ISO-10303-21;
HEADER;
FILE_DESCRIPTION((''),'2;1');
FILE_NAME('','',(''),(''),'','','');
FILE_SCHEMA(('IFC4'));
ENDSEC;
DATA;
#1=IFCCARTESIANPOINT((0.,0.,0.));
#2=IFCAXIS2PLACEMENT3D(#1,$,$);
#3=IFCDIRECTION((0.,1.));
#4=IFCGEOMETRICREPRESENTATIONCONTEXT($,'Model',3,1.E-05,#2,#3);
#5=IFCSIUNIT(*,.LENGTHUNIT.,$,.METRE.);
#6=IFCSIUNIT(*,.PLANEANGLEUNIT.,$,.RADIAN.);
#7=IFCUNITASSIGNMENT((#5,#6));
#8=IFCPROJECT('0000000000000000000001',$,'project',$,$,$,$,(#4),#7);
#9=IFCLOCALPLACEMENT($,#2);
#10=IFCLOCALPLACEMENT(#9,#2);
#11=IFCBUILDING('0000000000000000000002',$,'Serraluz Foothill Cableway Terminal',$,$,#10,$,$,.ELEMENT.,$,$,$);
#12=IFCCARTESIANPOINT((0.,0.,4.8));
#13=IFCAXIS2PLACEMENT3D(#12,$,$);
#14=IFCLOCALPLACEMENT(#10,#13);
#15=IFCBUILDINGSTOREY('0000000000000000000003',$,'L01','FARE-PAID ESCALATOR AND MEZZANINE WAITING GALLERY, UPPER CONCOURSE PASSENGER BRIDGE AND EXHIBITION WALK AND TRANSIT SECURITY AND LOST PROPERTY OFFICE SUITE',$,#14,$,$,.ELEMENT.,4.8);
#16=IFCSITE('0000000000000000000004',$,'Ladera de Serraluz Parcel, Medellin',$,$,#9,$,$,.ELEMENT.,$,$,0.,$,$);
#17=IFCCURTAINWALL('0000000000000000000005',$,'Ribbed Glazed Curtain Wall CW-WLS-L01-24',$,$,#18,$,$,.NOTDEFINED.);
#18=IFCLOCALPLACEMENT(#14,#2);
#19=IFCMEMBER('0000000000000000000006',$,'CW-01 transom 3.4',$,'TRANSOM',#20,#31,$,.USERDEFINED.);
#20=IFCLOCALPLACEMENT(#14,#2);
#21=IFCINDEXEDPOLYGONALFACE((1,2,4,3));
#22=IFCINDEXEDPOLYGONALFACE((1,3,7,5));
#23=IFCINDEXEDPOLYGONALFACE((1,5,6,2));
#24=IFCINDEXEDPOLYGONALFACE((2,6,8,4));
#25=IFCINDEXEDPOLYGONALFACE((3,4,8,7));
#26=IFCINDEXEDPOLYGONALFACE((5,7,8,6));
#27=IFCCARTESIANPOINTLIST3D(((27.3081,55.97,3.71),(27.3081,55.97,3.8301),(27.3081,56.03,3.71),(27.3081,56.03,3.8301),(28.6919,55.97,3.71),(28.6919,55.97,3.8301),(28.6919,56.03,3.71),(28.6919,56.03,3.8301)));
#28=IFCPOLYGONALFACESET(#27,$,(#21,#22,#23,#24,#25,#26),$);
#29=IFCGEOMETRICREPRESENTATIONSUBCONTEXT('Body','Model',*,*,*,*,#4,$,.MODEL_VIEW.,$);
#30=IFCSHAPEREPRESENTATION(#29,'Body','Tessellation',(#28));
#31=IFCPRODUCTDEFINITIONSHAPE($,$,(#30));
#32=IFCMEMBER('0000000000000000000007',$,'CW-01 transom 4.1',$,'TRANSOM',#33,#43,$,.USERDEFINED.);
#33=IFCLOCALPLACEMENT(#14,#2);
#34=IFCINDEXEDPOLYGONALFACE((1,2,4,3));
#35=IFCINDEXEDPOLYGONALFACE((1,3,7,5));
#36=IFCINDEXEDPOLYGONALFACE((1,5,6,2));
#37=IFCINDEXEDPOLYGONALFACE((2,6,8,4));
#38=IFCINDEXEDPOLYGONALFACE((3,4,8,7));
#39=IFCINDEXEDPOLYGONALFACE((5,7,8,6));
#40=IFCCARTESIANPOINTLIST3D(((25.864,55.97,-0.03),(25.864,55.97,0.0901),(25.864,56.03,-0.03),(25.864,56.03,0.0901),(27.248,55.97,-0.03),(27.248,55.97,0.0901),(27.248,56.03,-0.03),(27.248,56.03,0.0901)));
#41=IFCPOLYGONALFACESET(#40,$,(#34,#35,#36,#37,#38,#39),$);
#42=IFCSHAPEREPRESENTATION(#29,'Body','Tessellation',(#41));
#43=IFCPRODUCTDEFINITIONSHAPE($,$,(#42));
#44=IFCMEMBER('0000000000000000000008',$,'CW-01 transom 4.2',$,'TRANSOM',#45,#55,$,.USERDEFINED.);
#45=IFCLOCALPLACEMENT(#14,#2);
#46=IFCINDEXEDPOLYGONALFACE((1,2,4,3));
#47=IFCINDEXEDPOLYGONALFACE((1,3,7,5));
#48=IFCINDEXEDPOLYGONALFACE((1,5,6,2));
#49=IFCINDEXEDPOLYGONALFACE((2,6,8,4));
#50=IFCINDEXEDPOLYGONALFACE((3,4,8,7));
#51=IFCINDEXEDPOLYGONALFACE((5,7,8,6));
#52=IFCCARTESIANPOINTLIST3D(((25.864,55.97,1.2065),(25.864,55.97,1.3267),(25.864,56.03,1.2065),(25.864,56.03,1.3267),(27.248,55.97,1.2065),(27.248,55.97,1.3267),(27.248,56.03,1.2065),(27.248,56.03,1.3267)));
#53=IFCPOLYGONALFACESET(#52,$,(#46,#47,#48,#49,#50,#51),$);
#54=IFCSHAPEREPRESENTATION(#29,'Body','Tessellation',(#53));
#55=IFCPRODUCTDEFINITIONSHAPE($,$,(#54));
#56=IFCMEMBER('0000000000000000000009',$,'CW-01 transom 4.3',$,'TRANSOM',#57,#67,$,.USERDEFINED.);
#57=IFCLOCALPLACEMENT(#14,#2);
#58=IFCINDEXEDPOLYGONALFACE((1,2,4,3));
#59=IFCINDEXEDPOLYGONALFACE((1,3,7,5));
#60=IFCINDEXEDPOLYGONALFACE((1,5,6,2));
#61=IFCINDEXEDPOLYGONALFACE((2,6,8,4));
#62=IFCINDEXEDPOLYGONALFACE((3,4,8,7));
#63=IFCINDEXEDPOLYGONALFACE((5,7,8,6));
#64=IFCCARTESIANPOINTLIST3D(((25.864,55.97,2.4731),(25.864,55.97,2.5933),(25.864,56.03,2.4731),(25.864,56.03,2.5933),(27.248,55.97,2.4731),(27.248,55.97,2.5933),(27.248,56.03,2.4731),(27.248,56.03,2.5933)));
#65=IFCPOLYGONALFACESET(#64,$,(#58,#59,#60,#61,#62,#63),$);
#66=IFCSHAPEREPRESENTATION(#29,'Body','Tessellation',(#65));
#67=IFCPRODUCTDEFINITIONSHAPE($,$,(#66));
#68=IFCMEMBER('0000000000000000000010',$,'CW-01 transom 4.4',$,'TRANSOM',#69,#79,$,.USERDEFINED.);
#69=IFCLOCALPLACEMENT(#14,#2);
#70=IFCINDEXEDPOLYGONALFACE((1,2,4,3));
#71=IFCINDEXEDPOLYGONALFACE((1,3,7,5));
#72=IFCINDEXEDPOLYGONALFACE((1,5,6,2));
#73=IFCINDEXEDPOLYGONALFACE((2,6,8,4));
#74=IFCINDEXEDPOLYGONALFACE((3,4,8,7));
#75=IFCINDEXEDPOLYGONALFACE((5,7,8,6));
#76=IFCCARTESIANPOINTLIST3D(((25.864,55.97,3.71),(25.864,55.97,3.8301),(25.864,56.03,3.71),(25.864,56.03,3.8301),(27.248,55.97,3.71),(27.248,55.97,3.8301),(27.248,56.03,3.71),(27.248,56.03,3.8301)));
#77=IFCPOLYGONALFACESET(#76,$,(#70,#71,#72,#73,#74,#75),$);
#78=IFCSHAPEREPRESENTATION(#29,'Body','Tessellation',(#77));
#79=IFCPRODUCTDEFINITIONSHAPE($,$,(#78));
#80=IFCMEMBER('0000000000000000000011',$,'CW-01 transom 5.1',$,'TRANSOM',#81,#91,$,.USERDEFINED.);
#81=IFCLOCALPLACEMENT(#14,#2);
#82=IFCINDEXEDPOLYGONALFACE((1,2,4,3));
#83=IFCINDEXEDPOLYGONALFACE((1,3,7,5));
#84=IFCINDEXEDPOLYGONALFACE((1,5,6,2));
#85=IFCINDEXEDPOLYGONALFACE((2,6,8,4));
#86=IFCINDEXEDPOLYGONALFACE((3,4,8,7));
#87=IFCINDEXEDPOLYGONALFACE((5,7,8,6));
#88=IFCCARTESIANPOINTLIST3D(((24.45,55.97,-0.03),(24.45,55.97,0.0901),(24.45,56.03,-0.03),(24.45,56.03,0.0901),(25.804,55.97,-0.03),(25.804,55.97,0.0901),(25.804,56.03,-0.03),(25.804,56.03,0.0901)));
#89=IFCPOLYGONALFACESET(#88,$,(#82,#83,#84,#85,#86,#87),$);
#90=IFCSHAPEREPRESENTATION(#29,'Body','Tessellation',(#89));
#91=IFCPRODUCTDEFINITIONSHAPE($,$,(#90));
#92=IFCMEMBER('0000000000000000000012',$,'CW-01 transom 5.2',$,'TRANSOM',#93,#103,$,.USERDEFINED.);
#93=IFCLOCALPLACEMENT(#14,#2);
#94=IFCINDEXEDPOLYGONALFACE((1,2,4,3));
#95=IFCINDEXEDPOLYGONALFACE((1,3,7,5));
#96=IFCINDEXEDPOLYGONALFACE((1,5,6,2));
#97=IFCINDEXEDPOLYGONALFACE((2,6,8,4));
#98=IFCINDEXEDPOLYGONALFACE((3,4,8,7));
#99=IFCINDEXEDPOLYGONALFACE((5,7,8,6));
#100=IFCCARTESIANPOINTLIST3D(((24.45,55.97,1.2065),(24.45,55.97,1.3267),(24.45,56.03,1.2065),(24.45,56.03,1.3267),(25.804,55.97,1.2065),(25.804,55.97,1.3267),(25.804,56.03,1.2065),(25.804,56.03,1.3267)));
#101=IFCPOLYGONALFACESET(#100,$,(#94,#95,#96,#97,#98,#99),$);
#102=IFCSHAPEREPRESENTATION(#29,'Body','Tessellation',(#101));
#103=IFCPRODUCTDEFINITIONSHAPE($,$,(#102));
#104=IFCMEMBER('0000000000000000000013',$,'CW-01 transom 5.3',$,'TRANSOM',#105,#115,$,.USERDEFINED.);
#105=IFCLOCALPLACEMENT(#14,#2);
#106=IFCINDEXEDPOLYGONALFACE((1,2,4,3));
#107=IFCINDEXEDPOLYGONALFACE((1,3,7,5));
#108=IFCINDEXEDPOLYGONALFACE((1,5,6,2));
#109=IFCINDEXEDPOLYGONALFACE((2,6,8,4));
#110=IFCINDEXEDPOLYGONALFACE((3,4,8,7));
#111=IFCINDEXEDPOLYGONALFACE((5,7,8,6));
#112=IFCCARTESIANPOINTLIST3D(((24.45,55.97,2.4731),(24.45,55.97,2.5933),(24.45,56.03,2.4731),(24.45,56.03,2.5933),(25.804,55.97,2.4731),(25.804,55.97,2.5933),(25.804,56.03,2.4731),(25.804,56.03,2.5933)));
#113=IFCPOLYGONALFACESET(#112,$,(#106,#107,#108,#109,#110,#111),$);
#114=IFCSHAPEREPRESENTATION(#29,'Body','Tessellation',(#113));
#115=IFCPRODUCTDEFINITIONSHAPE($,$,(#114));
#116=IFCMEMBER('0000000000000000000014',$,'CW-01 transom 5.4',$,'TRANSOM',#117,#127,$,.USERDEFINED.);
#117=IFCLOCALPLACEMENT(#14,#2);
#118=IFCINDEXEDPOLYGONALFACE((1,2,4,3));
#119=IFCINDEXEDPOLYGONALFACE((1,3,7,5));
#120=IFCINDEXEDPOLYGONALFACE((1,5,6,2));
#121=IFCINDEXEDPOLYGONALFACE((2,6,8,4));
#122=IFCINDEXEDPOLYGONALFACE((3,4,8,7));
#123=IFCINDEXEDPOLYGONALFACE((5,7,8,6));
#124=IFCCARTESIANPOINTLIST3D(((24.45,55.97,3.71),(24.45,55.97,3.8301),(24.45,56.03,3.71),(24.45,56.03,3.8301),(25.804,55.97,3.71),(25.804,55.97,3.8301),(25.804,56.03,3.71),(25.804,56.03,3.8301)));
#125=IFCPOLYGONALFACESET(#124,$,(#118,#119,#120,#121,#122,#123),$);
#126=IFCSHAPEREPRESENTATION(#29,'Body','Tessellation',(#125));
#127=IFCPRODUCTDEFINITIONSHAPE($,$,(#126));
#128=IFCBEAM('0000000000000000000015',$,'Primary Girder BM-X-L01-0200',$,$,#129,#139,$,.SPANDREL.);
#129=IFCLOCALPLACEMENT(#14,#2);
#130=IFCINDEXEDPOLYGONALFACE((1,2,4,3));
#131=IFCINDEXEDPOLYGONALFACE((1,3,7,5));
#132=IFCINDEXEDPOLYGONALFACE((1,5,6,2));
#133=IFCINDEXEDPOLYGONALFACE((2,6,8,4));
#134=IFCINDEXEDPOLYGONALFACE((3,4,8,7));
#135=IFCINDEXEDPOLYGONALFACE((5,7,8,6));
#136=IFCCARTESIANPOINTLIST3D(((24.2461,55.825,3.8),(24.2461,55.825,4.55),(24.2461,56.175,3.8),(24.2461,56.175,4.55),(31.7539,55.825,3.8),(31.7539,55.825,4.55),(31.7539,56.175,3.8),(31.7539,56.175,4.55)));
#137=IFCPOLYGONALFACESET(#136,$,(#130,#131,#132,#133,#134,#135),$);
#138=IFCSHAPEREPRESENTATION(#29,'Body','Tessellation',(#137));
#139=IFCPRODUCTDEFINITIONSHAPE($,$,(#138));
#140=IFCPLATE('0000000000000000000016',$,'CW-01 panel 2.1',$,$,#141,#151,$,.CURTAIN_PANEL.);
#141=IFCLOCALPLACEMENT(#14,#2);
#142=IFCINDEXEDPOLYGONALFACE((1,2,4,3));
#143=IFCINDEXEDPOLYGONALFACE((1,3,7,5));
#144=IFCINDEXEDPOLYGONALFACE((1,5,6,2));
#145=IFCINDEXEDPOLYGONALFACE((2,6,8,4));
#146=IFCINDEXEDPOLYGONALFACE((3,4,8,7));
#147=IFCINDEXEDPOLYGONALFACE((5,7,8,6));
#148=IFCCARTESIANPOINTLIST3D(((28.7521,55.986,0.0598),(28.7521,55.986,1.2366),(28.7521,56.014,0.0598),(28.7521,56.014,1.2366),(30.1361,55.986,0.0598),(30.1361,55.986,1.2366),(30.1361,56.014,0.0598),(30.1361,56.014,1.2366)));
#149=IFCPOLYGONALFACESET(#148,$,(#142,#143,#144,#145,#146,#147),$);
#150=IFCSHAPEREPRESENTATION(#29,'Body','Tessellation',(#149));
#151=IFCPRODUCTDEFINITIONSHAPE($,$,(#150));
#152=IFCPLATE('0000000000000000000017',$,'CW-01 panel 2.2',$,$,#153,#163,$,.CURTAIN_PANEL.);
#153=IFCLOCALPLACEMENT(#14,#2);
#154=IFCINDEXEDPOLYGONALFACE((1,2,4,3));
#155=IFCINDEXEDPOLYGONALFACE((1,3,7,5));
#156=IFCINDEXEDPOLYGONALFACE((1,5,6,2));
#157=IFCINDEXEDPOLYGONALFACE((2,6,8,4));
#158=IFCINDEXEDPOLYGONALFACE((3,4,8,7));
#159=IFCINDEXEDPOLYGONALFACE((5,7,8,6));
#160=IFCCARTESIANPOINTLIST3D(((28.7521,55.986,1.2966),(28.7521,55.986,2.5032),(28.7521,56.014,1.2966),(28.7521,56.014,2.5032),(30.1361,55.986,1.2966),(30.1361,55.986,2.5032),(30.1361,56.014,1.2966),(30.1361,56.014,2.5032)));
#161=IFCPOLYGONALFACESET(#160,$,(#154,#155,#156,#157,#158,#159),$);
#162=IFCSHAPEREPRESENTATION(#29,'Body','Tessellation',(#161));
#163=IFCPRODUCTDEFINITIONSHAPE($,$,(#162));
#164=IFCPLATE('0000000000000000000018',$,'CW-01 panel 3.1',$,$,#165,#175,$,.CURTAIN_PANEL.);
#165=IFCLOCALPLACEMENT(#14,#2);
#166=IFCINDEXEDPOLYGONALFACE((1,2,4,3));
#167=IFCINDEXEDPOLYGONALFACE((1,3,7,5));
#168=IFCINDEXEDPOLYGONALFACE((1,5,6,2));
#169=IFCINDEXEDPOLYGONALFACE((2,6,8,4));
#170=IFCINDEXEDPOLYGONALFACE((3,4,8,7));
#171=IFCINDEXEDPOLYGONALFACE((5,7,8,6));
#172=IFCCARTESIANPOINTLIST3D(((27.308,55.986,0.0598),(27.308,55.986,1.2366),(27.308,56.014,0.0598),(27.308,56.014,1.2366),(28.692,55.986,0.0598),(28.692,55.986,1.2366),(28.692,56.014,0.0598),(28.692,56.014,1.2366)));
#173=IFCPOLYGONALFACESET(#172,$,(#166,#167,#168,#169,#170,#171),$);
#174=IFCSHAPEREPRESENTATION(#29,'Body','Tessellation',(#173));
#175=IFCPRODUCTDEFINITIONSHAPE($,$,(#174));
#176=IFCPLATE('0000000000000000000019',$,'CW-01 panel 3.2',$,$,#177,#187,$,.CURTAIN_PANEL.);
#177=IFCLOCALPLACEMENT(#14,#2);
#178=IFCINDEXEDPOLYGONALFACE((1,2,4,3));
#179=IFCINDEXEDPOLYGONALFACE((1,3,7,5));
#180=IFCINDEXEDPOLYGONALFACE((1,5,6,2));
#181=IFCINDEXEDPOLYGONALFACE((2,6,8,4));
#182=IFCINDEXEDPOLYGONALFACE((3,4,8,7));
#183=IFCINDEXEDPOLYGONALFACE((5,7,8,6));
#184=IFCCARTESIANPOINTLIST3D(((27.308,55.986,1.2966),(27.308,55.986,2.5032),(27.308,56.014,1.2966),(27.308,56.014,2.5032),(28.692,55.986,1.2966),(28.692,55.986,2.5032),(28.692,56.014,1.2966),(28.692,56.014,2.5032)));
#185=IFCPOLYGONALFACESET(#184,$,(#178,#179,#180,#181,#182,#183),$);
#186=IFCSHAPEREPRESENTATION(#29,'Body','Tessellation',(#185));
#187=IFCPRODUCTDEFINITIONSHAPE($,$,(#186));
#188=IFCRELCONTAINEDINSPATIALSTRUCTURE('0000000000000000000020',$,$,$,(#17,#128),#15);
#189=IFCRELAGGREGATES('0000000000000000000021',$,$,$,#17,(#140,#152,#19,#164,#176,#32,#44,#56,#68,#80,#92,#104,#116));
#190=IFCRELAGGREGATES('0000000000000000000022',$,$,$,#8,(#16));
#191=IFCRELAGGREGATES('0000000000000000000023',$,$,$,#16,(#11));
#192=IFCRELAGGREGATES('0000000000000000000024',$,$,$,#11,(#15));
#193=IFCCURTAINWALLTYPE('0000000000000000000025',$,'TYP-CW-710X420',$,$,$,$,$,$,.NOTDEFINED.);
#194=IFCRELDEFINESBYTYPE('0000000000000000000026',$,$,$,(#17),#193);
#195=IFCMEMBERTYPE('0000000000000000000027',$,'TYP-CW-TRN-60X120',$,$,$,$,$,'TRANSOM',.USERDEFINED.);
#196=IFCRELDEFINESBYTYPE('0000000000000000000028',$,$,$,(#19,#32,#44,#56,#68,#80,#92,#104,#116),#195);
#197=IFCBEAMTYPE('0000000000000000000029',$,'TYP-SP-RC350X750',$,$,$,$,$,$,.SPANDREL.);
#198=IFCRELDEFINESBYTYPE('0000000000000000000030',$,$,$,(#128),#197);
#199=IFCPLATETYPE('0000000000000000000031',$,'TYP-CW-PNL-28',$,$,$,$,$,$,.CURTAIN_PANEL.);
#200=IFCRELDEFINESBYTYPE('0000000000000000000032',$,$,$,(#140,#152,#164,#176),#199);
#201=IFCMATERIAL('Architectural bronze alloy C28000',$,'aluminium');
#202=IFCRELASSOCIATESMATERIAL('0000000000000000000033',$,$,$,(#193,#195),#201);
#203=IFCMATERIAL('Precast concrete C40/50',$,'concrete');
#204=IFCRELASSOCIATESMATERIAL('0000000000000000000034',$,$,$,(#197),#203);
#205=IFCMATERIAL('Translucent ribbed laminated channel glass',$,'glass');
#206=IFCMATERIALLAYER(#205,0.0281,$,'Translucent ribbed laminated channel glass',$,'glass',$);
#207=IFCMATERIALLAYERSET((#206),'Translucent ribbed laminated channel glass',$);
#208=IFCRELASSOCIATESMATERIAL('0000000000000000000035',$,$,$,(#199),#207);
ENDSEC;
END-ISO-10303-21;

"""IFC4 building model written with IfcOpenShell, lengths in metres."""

from ifc_helpers import new_model, si_unit, direction, frame, origin, origin_2d, place, context, subcontext, project, spatial, rectangle, extrude, material, layer, layer_set, material_profile, profile_set, type_object, element, aggregate, save


model = new_model("IFC4")

# Units and contexts
model_context = context("Model", 3, precision=1e-05, world=origin(), true_north=direction((0.0, 1.0)))
body_context = subcontext(model_context, "Body", "Model", "MODEL_VIEW")
ifc_project = project(units=[si_unit("LENGTHUNIT", "METRE"), si_unit("PLANEANGLEUNIT", "RADIAN")], contexts=[model_context])

# Site, building, storey
site_placement = place(None, origin())
site = spatial("IfcSite", under=ifc_project, at=site_placement, Name="Ladera de Serraluz Parcel, Medellin", CompositionType="ELEMENT", RefElevation=0.0)
building_placement = place(site_placement, origin())
building = spatial("IfcBuilding", under=site, at=building_placement, Name="Serraluz Foothill Cableway Terminal", CompositionType="ELEMENT")
storey_placement = place(building_placement, frame((0.0, 0.0, 4.8)))
storey = spatial("IfcBuildingStorey", under=building, at=storey_placement, Name="L01", Description="FARE-PAID ESCALATOR AND MEZZANINE WAITING GALLERY, UPPER CONCOURSE PASSENGER BRIDGE AND EXHIBITION WALK AND TRANSIT SECURITY AND LOST PROPERTY OFFICE SUITE", CompositionType="ELEMENT", Elevation=4.8)

# Shared definitions
ifc_material_1 = material(Name="Architectural bronze alloy C28000", Category="aluminium")
curtain_wall_type = type_object("IfcCurtainWallType", Name="TYP-CW-710X420", PredefinedType="NOTDEFINED", material=ifc_material_1)

# Curtain wall, members
curtain_wall_1_placement = place(storey_placement, origin())
curtain_wall_1 = element("IfcCurtainWall", 1, at=curtain_wall_1_placement, inside=storey, type_object=curtain_wall_type, Name="Ribbed Glazed Curtain Wall CW-WLS-L01-24", PredefinedType="NOTDEFINED")
ifc_material_profile_1 = material_profile(ifc_material_1, rectangle(XDim=0.0601, YDim=0.1201, at=origin_2d()), Name="ALU TRANSOM 60x120")
ifc_profile_set_1 = profile_set([ifc_material_profile_1], Name="Architectural bronze alloy C28000")
member_type_1 = type_object("IfcMemberType", Name="TYP-CW-TRN-60X120", ElementType="TRANSOM", PredefinedType="USERDEFINED", material=ifc_profile_set_1)
member_1_placement = place(storey_placement, frame((28.6919, 56.0, 3.77), z_axis=(-1.0, 0.0, 0.0), x_axis=(0.0, -1.0, 0.0)))
member_1 = element("IfcMember", 2, at=member_1_placement, type_object=member_type_1, Name="CW-01 transom 3.4", ObjectType="TRANSOM", PredefinedType="USERDEFINED", context=body_context, shape_type="SweptSolid", body=[
    extrude(rectangle(XDim=0.0601, YDim=0.1201, at=origin_2d()), origin(), (0.0, 0.0, 1.0), 1.3838),
])
member_2_placement = place(storey_placement, frame((27.248, 56.0, 0.03), z_axis=(-1.0, 0.0, 0.0), x_axis=(0.0, -1.0, 0.0)))
member_2 = element("IfcMember", 3, at=member_2_placement, type_object=member_type_1, Name="CW-01 transom 4.1", ObjectType="TRANSOM", PredefinedType="USERDEFINED", context=body_context, shape_type="SweptSolid", body=[
    extrude(rectangle(XDim=0.0601, YDim=0.1201, at=origin_2d()), origin(), (0.0, 0.0, 1.0), 1.384),
])
member_3_placement = place(storey_placement, frame((27.248, 56.0, 1.2666), z_axis=(-1.0, 0.0, 0.0), x_axis=(0.0, -1.0, 0.0)))
member_3 = element("IfcMember", 4, at=member_3_placement, type_object=member_type_1, Name="CW-01 transom 4.2", ObjectType="TRANSOM", PredefinedType="USERDEFINED", context=body_context, shape_type="SweptSolid", body=[
    extrude(rectangle(XDim=0.0601, YDim=0.1201, at=origin_2d()), origin(), (0.0, 0.0, 1.0), 1.384),
])
member_4_placement = place(storey_placement, frame((27.248, 56.0, 2.5332), z_axis=(-1.0, 0.0, 0.0), x_axis=(0.0, -1.0, 0.0)))
member_4 = element("IfcMember", 5, at=member_4_placement, type_object=member_type_1, Name="CW-01 transom 4.3", ObjectType="TRANSOM", PredefinedType="USERDEFINED", context=body_context, shape_type="SweptSolid", body=[
    extrude(rectangle(XDim=0.0601, YDim=0.1201, at=origin_2d()), origin(), (0.0, 0.0, 1.0), 1.384),
])
member_5_placement = place(storey_placement, frame((27.248, 56.0, 3.77), z_axis=(-1.0, 0.0, 0.0), x_axis=(0.0, -1.0, 0.0)))
member_5 = element("IfcMember", 6, at=member_5_placement, type_object=member_type_1, Name="CW-01 transom 4.4", ObjectType="TRANSOM", PredefinedType="USERDEFINED", context=body_context, shape_type="SweptSolid", body=[
    extrude(rectangle(XDim=0.0601, YDim=0.1201, at=origin_2d()), origin(), (0.0, 0.0, 1.0), 1.384),
])
member_6_placement = place(storey_placement, frame((25.804, 56.0, 0.03), z_axis=(-1.0, 0.0, 0.0), x_axis=(0.0, -1.0, 0.0)))
member_6 = element("IfcMember", 7, at=member_6_placement, type_object=member_type_1, Name="CW-01 transom 5.1", ObjectType="TRANSOM", PredefinedType="USERDEFINED", context=body_context, shape_type="SweptSolid", body=[
    extrude(rectangle(XDim=0.0601, YDim=0.1201, at=origin_2d()), origin(), (0.0, 0.0, 1.0), 1.354),
])
member_7_placement = place(storey_placement, frame((25.804, 56.0, 1.2666), z_axis=(-1.0, 0.0, 0.0), x_axis=(0.0, -1.0, 0.0)))
member_7 = element("IfcMember", 8, at=member_7_placement, type_object=member_type_1, Name="CW-01 transom 5.2", ObjectType="TRANSOM", PredefinedType="USERDEFINED", context=body_context, shape_type="SweptSolid", body=[
    extrude(rectangle(XDim=0.0601, YDim=0.1201, at=origin_2d()), origin(), (0.0, 0.0, 1.0), 1.354),
])
member_8_placement = place(storey_placement, frame((25.804, 56.0, 2.5332), z_axis=(-1.0, 0.0, 0.0), x_axis=(0.0, -1.0, 0.0)))
member_8 = element("IfcMember", 9, at=member_8_placement, type_object=member_type_1, Name="CW-01 transom 5.3", ObjectType="TRANSOM", PredefinedType="USERDEFINED", context=body_context, shape_type="SweptSolid", body=[
    extrude(rectangle(XDim=0.0601, YDim=0.1201, at=origin_2d()), origin(), (0.0, 0.0, 1.0), 1.354),
])
member_9_placement = place(storey_placement, frame((25.804, 56.0, 3.77), z_axis=(-1.0, 0.0, 0.0), x_axis=(0.0, -1.0, 0.0)))
member_9 = element("IfcMember", 10, at=member_9_placement, type_object=member_type_1, Name="CW-01 transom 5.4", ObjectType="TRANSOM", PredefinedType="USERDEFINED", context=body_context, shape_type="SweptSolid", body=[
    extrude(rectangle(XDim=0.0601, YDim=0.1201, at=origin_2d()), origin(), (0.0, 0.0, 1.0), 1.354),
])

# Beam
ifc_material_2 = material(Name="Precast concrete C40/50", Category="concrete")
ifc_material_profile_2 = material_profile(ifc_material_2, rectangle(XDim=0.3501, YDim=0.75, at=origin_2d()), Name="RC SP 350x750")
ifc_profile_set_2 = profile_set([ifc_material_profile_2], Name="Precast concrete C40/50")
beam_type_1 = type_object("IfcBeamType", Name="TYP-SP-RC350X750", PredefinedType="SPANDREL", material=ifc_profile_set_2)
beam_1_placement = place(storey_placement, frame((24.2461, 56.0, 4.175), z_axis=(1.0, 0.0, 0.0), x_axis=(0.0, 1.0, 0.0)))
element("IfcBeam", 11, at=beam_1_placement, inside=storey, type_object=beam_type_1, Name="Primary Girder BM-X-L01-0200", PredefinedType="SPANDREL", context=body_context, shape_type="SweptSolid", body=[
    extrude(rectangle(XDim=0.3501, YDim=0.75, at=origin_2d()), origin(), (0.0, 0.0, 1.0), 7.5078),
])

# Plates
ifc_material_3 = material(Name="Translucent ribbed laminated channel glass", Category="glass")
ifc_layer = layer(ifc_material_3, 0.0281, Name="Translucent ribbed laminated channel glass", Category="glass")
ifc_layer_set = layer_set([ifc_layer], Name="Translucent ribbed laminated channel glass")
plate_type = type_object("IfcPlateType", Name="TYP-CW-PNL-28", PredefinedType="CURTAIN_PANEL", material=ifc_layer_set)
plate_1_placement = place(storey_placement, frame((29.4441, 56.0, 0.0598), z_axis=(0.0, 0.0, 1.0), x_axis=(-1.0, 0.0, 0.0)))
plate_1 = element("IfcPlate", 12, at=plate_1_placement, type_object=plate_type, Name="CW-01 panel 2.1", PredefinedType="CURTAIN_PANEL", context=body_context, shape_type="SweptSolid", body=[
    extrude(rectangle(XDim=1.384, YDim=0.0281, at=origin_2d()), origin(), (0.0, 0.0, 1.0), 1.1768),
])
plate_2_placement = place(storey_placement, frame((29.4441, 56.0, 1.2966), z_axis=(0.0, 0.0, 1.0), x_axis=(-1.0, 0.0, 0.0)))
plate_2 = element("IfcPlate", 13, at=plate_2_placement, type_object=plate_type, Name="CW-01 panel 2.2", PredefinedType="CURTAIN_PANEL", context=body_context, shape_type="SweptSolid", body=[
    extrude(rectangle(XDim=1.384, YDim=0.0281, at=origin_2d()), origin(), (0.0, 0.0, 1.0), 1.2065),
])
plate_3_placement = place(storey_placement, frame((28.0, 56.0, 0.0598), z_axis=(0.0, 0.0, 1.0), x_axis=(-1.0, 0.0, 0.0)))
plate_3 = element("IfcPlate", 14, at=plate_3_placement, type_object=plate_type, Name="CW-01 panel 3.1", PredefinedType="CURTAIN_PANEL", context=body_context, shape_type="SweptSolid", body=[
    extrude(rectangle(XDim=1.384, YDim=0.0281, at=origin_2d()), origin(), (0.0, 0.0, 1.0), 1.1768),
])
plate_4_placement = place(storey_placement, frame((28.0, 56.0, 1.2966), z_axis=(0.0, 0.0, 1.0), x_axis=(-1.0, 0.0, 0.0)))
plate_4 = element("IfcPlate", 15, at=plate_4_placement, type_object=plate_type, Name="CW-01 panel 3.2", PredefinedType="CURTAIN_PANEL", context=body_context, shape_type="SweptSolid", body=[
    extrude(rectangle(XDim=1.384, YDim=0.0281, at=origin_2d()), origin(), (0.0, 0.0, 1.0), 1.2065),
])
aggregate(curtain_wall_1, [plate_1, plate_2, member_1, plate_3, plate_4, member_2, member_3, member_4, member_5, member_6, member_7, member_8, member_9])

save(model, "model.ifc")
